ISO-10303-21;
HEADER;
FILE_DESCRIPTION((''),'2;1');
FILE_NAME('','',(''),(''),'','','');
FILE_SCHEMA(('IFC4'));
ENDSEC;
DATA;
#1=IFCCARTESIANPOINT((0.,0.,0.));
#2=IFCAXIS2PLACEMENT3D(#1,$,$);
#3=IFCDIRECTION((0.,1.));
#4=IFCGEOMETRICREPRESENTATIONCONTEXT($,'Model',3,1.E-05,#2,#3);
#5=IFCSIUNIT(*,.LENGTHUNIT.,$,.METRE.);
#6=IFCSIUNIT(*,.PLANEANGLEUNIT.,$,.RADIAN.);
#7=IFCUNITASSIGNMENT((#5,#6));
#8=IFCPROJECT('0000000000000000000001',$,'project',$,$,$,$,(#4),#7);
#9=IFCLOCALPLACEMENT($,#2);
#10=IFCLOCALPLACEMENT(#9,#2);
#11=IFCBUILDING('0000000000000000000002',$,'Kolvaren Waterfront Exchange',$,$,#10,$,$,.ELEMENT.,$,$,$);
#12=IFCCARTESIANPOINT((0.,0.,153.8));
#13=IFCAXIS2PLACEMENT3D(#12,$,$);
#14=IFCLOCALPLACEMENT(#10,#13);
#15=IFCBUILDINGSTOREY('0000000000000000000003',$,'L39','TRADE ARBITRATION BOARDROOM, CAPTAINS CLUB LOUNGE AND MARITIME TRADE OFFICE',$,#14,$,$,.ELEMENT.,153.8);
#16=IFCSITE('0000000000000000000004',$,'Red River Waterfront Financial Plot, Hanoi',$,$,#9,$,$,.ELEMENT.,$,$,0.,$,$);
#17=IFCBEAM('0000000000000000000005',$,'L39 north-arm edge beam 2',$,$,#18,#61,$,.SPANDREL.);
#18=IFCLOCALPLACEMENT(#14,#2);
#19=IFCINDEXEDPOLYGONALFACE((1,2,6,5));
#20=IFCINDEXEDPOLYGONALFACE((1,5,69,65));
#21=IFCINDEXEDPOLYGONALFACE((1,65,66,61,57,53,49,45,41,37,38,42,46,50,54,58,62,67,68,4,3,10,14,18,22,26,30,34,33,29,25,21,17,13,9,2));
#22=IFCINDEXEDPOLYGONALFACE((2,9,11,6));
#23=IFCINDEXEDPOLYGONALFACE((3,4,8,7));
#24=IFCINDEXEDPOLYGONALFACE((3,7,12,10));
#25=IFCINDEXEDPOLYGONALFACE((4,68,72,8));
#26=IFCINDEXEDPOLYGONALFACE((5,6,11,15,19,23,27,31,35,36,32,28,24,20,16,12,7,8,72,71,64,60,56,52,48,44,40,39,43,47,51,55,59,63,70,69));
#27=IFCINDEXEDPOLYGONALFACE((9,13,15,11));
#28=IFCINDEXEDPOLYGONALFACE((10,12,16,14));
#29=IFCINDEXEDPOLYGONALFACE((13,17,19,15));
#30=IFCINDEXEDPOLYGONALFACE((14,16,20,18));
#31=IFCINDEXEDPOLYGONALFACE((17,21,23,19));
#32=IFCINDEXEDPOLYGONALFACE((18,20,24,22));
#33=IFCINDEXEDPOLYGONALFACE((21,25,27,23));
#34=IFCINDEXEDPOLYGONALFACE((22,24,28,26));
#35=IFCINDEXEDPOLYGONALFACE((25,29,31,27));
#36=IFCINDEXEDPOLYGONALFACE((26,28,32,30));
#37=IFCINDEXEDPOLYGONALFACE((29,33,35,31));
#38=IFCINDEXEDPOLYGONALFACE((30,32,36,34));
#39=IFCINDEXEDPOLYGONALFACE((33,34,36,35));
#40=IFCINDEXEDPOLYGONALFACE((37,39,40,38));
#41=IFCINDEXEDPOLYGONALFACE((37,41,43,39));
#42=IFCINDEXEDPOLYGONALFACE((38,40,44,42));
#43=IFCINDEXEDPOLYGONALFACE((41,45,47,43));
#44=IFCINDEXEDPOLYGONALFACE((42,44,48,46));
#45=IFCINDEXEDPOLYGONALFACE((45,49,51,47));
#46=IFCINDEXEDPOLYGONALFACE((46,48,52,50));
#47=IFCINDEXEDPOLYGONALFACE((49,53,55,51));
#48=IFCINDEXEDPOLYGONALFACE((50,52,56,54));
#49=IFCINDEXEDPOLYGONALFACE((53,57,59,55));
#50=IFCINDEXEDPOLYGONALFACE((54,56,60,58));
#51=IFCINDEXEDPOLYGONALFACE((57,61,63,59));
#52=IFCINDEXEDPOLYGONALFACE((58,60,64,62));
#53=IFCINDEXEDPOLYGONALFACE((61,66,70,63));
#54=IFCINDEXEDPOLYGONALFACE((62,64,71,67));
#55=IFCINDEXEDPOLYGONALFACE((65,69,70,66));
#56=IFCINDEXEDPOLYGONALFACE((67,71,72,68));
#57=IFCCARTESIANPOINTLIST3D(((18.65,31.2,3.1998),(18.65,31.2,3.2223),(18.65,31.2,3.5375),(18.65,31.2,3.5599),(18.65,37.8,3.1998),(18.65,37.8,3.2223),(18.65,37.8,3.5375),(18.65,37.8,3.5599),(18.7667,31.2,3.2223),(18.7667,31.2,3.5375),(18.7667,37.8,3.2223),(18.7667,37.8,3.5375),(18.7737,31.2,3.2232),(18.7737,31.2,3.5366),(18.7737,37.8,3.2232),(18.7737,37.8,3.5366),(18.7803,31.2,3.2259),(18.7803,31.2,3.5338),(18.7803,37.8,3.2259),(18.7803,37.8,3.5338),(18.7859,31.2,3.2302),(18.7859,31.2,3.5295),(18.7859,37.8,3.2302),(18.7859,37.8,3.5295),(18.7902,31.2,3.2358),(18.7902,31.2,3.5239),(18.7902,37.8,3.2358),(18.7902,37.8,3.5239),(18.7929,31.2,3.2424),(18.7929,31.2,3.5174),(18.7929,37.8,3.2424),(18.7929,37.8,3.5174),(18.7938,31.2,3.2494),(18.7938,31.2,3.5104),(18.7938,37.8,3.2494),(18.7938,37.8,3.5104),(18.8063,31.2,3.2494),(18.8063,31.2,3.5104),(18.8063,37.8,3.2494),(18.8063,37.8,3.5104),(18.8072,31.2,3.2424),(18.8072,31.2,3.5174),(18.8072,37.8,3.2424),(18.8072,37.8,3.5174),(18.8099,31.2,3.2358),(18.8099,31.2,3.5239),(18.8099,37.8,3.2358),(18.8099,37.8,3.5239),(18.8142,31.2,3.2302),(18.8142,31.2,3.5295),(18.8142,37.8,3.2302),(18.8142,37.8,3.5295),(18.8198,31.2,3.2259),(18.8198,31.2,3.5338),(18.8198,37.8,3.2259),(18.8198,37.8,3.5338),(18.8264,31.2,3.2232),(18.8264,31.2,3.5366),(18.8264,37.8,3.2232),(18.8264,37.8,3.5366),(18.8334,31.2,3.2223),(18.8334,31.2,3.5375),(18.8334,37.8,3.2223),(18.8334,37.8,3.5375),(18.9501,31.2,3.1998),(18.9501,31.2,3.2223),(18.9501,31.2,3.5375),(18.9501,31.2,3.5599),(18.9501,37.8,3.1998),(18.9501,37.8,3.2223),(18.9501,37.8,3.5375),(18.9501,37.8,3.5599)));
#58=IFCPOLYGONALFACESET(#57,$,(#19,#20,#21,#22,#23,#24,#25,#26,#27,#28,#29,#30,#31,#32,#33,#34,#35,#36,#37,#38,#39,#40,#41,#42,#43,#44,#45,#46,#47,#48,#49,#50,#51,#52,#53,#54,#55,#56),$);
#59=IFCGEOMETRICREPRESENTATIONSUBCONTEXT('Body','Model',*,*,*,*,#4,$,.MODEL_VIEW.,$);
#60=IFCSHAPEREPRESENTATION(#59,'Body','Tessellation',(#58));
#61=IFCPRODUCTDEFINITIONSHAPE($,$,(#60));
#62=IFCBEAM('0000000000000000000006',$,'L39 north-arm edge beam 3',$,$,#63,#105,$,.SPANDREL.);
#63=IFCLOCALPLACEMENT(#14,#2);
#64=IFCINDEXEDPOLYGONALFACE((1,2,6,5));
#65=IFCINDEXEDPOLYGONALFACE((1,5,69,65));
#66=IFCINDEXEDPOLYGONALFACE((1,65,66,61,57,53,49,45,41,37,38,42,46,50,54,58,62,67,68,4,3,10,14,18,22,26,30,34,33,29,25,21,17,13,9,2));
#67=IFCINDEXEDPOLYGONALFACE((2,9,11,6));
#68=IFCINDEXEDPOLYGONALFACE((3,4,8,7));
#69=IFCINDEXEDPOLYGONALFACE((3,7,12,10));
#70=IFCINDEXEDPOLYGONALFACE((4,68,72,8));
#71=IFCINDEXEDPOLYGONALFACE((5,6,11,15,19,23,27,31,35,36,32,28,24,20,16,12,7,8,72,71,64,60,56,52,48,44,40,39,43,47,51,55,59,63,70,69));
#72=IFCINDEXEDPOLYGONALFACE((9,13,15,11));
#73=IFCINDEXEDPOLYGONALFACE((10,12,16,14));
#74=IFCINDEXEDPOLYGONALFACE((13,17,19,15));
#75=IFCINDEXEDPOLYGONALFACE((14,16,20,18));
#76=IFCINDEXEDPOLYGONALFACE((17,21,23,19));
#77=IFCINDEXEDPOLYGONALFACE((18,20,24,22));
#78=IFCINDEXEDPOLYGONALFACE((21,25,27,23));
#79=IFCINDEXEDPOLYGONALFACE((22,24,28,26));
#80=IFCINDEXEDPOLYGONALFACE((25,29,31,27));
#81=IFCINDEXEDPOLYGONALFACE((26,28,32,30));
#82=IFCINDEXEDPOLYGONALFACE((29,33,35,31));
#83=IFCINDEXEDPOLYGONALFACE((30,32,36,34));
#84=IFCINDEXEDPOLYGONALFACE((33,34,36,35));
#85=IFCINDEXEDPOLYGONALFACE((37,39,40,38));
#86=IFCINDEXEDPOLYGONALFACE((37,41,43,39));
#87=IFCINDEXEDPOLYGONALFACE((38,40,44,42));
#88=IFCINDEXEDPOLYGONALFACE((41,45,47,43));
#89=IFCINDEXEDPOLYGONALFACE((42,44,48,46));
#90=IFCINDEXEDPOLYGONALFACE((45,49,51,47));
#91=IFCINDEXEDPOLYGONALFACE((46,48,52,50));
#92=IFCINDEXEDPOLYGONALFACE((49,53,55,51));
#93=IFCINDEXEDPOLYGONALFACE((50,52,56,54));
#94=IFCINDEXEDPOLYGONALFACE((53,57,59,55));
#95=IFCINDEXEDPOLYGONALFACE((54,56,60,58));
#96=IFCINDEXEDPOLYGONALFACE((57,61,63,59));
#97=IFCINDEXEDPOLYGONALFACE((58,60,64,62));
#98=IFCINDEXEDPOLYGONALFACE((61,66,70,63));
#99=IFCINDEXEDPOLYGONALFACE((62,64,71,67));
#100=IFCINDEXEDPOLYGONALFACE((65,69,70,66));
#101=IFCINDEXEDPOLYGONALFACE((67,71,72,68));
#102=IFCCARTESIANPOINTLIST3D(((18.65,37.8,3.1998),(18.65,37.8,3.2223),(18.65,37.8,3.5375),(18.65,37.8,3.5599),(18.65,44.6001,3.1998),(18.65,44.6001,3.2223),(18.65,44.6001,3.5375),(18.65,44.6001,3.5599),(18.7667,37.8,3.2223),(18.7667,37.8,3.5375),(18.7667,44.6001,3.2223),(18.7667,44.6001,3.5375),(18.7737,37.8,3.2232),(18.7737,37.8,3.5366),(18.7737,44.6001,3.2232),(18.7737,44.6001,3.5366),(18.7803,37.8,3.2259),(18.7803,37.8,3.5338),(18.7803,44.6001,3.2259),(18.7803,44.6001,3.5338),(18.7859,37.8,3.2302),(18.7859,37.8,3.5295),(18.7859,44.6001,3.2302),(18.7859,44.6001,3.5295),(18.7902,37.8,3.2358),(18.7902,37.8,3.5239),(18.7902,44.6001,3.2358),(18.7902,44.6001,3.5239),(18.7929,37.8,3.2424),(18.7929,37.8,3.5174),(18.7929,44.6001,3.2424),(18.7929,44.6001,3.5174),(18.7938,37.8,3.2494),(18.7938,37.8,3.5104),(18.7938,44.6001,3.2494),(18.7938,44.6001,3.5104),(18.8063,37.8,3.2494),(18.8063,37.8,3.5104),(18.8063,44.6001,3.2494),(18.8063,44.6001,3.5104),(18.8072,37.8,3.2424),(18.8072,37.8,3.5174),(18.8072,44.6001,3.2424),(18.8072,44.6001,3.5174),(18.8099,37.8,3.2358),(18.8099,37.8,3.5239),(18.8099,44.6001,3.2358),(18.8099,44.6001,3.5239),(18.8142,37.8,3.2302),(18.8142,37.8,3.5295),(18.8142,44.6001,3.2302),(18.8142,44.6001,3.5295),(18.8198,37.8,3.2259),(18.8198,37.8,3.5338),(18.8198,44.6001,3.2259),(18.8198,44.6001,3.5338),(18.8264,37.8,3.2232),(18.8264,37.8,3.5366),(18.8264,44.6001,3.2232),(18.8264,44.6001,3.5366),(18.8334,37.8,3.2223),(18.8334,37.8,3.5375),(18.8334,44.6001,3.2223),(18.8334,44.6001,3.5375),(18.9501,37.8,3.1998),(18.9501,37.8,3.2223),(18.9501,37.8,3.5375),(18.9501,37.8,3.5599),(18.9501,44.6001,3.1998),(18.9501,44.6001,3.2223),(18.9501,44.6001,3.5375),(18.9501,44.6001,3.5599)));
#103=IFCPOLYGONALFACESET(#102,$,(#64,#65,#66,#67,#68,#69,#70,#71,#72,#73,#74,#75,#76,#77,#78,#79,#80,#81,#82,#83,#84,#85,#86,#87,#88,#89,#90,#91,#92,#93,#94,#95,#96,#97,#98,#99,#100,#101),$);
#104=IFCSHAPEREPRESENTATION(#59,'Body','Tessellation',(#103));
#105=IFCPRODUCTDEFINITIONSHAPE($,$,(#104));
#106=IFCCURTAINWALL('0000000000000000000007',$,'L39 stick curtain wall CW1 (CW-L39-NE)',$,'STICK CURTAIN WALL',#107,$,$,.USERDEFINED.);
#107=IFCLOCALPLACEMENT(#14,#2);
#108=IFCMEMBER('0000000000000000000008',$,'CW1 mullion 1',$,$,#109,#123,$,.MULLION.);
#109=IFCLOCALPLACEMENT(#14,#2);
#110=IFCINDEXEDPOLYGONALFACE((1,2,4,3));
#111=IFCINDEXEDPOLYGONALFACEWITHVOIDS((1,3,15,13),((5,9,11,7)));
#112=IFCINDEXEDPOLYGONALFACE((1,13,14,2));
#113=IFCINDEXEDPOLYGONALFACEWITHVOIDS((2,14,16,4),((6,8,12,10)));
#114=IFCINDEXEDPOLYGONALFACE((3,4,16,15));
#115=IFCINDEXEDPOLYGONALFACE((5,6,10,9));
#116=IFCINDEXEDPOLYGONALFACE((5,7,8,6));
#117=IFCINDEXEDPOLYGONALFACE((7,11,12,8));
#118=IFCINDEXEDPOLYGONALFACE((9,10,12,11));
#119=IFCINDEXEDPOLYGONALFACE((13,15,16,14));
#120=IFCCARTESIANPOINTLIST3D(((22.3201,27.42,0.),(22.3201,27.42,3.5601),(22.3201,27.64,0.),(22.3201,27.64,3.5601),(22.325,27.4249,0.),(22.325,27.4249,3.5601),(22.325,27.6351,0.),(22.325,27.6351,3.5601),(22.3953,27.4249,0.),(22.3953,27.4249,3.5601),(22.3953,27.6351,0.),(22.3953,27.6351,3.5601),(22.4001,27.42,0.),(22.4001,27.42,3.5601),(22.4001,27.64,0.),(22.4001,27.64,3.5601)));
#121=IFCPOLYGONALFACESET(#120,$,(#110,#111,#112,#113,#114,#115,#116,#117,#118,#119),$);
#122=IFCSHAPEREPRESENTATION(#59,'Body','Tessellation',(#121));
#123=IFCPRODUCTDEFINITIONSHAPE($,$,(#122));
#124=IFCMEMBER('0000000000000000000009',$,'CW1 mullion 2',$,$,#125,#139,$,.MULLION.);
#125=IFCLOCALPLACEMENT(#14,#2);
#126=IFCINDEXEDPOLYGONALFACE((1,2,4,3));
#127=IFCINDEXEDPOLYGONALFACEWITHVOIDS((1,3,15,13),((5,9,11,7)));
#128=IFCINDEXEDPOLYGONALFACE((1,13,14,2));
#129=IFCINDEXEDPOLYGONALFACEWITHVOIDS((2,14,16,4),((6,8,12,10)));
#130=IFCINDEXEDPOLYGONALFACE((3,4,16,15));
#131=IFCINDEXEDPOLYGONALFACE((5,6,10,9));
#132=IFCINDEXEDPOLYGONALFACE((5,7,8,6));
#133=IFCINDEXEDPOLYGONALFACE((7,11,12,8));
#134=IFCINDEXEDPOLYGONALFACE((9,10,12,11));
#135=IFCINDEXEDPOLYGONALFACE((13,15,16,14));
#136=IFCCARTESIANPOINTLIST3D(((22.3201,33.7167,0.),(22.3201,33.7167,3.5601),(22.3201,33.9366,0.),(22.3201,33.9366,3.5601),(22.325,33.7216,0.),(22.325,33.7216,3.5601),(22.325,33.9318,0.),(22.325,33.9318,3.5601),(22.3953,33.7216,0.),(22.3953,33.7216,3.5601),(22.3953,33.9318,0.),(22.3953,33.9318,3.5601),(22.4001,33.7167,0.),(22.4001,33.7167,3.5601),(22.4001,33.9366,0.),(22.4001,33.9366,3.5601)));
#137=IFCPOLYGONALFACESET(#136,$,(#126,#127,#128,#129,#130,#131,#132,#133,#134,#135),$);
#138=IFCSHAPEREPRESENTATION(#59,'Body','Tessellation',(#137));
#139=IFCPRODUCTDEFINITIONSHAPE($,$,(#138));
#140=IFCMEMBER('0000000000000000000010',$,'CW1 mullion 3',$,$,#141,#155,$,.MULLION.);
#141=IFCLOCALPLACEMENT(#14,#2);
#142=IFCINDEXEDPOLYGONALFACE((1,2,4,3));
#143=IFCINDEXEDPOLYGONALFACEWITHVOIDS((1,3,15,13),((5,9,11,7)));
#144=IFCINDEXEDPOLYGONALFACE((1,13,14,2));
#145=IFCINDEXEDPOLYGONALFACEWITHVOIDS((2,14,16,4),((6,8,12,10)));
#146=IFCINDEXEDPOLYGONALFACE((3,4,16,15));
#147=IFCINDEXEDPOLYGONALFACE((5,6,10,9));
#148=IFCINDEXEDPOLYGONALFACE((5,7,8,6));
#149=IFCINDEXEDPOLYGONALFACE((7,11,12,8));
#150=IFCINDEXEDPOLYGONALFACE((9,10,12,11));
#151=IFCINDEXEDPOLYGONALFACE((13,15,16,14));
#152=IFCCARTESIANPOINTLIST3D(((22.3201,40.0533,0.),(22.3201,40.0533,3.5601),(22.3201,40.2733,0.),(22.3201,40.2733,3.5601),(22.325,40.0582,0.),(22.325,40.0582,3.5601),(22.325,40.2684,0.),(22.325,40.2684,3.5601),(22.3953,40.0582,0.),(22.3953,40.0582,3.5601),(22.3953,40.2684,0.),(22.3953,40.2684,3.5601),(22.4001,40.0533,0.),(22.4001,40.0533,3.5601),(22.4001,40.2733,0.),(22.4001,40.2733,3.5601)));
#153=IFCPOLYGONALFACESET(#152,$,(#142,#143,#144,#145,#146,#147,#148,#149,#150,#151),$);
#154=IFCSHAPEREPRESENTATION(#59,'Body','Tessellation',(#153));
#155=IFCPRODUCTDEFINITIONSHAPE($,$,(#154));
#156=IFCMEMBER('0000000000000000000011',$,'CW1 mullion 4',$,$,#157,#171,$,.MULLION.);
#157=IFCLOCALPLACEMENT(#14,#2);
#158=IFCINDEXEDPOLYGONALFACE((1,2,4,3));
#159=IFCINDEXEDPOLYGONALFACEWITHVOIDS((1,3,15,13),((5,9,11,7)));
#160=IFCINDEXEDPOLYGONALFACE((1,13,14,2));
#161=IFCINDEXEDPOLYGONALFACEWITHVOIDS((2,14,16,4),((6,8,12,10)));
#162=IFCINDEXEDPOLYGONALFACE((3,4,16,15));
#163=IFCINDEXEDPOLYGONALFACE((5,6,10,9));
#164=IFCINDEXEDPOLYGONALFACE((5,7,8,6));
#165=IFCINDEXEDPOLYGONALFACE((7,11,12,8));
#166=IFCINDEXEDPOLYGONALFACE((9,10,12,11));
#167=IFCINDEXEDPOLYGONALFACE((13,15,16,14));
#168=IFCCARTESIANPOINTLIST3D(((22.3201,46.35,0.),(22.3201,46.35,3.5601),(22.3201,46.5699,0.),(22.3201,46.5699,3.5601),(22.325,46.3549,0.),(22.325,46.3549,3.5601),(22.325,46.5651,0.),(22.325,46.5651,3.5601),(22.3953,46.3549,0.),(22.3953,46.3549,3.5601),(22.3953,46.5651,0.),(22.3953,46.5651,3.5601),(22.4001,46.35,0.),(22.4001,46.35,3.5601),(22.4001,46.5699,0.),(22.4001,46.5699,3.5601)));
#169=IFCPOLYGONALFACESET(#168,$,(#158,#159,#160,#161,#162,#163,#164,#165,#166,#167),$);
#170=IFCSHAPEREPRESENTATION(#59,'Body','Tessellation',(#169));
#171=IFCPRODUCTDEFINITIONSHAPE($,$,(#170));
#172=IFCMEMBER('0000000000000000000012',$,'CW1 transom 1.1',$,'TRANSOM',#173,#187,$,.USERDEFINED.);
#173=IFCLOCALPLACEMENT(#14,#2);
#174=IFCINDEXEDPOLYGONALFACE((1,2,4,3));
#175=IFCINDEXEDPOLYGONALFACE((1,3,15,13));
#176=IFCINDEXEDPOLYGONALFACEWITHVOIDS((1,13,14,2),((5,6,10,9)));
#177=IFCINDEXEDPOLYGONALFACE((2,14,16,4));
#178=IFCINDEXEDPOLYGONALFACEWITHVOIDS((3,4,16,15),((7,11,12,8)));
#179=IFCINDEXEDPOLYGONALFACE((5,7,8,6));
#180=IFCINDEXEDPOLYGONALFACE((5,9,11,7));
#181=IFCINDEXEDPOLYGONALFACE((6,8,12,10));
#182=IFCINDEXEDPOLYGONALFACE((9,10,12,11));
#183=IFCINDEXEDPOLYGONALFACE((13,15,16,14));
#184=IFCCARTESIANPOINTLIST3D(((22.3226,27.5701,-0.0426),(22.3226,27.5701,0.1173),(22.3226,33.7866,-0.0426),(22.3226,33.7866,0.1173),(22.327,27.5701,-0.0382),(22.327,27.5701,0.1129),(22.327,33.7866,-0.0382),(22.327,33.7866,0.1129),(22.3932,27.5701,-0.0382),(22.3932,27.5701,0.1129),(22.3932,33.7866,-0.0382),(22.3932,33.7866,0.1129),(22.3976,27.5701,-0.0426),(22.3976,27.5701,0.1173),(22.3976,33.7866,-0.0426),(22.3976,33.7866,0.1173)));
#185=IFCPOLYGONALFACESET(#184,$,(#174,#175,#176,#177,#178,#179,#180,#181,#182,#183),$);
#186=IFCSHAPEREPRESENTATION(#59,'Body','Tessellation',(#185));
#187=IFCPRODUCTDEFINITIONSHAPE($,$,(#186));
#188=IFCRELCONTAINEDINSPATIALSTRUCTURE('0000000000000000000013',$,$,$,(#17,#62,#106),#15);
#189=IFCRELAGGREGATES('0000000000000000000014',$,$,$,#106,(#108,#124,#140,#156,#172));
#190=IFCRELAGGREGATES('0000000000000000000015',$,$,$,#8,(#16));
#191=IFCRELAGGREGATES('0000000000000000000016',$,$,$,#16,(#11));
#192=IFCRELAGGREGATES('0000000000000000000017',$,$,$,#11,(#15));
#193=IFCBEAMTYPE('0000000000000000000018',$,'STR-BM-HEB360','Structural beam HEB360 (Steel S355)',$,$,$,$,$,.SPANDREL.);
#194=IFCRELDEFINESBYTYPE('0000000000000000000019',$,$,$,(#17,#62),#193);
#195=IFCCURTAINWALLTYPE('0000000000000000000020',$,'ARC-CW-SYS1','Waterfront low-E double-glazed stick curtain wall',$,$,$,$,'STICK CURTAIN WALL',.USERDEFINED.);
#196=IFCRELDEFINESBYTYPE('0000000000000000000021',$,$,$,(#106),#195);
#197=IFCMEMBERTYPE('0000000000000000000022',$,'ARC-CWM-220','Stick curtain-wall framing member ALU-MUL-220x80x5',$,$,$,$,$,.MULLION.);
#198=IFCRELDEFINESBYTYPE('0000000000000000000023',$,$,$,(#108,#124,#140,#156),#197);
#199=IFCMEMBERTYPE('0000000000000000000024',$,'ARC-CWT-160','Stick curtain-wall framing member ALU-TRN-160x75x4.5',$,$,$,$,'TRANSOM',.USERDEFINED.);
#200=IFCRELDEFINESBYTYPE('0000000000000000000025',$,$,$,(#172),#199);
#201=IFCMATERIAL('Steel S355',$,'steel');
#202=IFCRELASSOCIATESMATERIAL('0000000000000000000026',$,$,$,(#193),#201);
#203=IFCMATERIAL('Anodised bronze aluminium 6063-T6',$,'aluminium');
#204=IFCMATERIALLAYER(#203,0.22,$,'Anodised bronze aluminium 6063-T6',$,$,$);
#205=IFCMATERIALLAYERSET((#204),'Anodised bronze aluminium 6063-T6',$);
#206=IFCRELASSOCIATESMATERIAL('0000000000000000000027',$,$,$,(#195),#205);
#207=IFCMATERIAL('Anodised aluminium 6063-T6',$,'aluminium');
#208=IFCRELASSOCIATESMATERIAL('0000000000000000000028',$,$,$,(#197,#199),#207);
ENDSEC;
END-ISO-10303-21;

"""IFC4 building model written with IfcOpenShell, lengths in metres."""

from ifc_helpers import new_model, si_unit, direction, frame, origin, origin_with_axes, origin_2d, place, context, subcontext, project, spatial, hollow_rectangle, i_section, extrude, source, transform, mapped, material, layer, layer_set, material_profile, profile_set, type_object, element, aggregate, save


model = new_model("IFC4")

# Units and contexts
model_context = context("Model", 3, precision=1e-05, world=origin(), true_north=direction((0.0, 1.0)))
body_context = subcontext(model_context, "Body", "Model", "MODEL_VIEW")
ifc_project = project(units=[si_unit("LENGTHUNIT", "METRE"), si_unit("PLANEANGLEUNIT", "RADIAN")], contexts=[model_context])

# Site, building, storey
site_placement = place(None, origin())
site = spatial("IfcSite", under=ifc_project, at=site_placement, Name="Red River Waterfront Financial Plot, Hanoi", CompositionType="ELEMENT", RefElevation=0.0)
building_placement = place(site_placement, origin())
building = spatial("IfcBuilding", under=site, at=building_placement, Name="Kolvaren Waterfront Exchange", CompositionType="ELEMENT")
storey_placement = place(building_placement, frame((0.0, 0.0, 153.8)))
storey = spatial("IfcBuildingStorey", under=building, at=storey_placement, Name="L39", Description="TRADE ARBITRATION BOARDROOM, CAPTAINS CLUB LOUNGE AND MARITIME TRADE OFFICE", CompositionType="ELEMENT", Elevation=153.8)

# Beams
ifc_material_1 = material(Name="Steel S355", Category="steel")
ifc_material_profile_1 = material_profile(ifc_material_1, i_section(OverallWidth=0.3, OverallDepth=0.3601, WebThickness=0.0125, FlangeThickness=0.0225, FilletRadius=0.0271, at=origin_2d()), Name="HEB360")
ifc_profile_set_1 = profile_set([ifc_material_profile_1], Name="Steel S355")
beam_type = type_object("IfcBeamType", Name="STR-BM-HEB360", Description="Structural beam HEB360 (Steel S355)", PredefinedType="SPANDREL", material=ifc_profile_set_1)
beam_1_placement = place(storey_placement, frame((18.8, 31.2, 3.3799), z_axis=(0.0, 1.0, 0.0), x_axis=(-1.0, 0.0, 0.0)))
element("IfcBeam", 1, at=beam_1_placement, inside=storey, type_object=beam_type, Name="L39 north-arm edge beam 2", PredefinedType="SPANDREL", context=body_context, shape_type="SweptSolid", body=[
    extrude(i_section(OverallWidth=0.3, OverallDepth=0.3601, WebThickness=0.0125, FlangeThickness=0.0225, FilletRadius=0.0271, at=origin_2d()), origin(), (0.0, 0.0, 1.0), 6.6001),
])
beam_2_placement = place(storey_placement, frame((18.8, 37.8, 3.3799), z_axis=(0.0, 1.0, 0.0), x_axis=(-1.0, 0.0, 0.0)))
element("IfcBeam", 2, at=beam_2_placement, inside=storey, type_object=beam_type, Name="L39 north-arm edge beam 3", PredefinedType="SPANDREL", context=body_context, shape_type="SweptSolid", body=[
    extrude(i_section(OverallWidth=0.3, OverallDepth=0.3601, WebThickness=0.0125, FlangeThickness=0.0225, FilletRadius=0.0271, at=origin_2d()), origin(), (0.0, 0.0, 1.0), 6.8),
])

# Curtain wall, members
ifc_material_2 = material(Name="Anodised bronze aluminium 6063-T6", Category="aluminium")
ifc_layer_1 = layer(ifc_material_2, 0.22, Name="Anodised bronze aluminium 6063-T6")
ifc_layer_set_1 = layer_set([ifc_layer_1], Name="Anodised bronze aluminium 6063-T6")
curtain_wall_type = type_object("IfcCurtainWallType", Name="ARC-CW-SYS1", Description="Waterfront low-E double-glazed stick curtain wall", ElementType="STICK CURTAIN WALL", PredefinedType="USERDEFINED", material=ifc_layer_set_1)
curtain_wall_placement = place(storey_placement, origin())
curtain_wall = element("IfcCurtainWall", 3, at=curtain_wall_placement, inside=storey, type_object=curtain_wall_type, Name="L39 stick curtain wall CW1 (CW-L39-NE)", ObjectType="STICK CURTAIN WALL", PredefinedType="USERDEFINED")
ifc_material_3 = material(Name="Anodised aluminium 6063-T6", Category="aluminium")
ifc_material_profile_2 = material_profile(ifc_material_3, hollow_rectangle(XDim=0.0801, YDim=0.22, WallThickness=0.0049, at=origin_2d()), Name="ALU-MUL-220x80x5")
ifc_profile_set_2 = profile_set([ifc_material_profile_2], Name="Anodised aluminium 6063-T6")
member_type_1 = type_object("IfcMemberType", Name="ARC-CWM-220", Description="Stick curtain-wall framing member ALU-MUL-220x80x5", PredefinedType="MULLION", material=ifc_profile_set_2)
shared_shape_1 = source(origin_with_axes(), body_context, "Body", "SweptSolid", [
    extrude(hollow_rectangle(XDim=0.0801, YDim=0.22, WallThickness=0.0049, at=origin_2d()), origin(), (0.0, 0.0, 1.0), 3.5601),
])
member_1_placement = place(storey_placement, frame((22.3601, 27.53, 0.0), z_axis=(0.0, 0.0, 1.0), x_axis=(-1.0, 0.0, 0.0)))
member_1 = element("IfcMember", 4, at=member_1_placement, type_object=member_type_1, Name="CW1 mullion 1", PredefinedType="MULLION", context=body_context, shape_type="MappedRepresentation", body=[
    mapped(shared_shape_1, transform((0.0, 0.0, 0.0), x_axis=(1.0, 0.0, 0.0), y_axis=(0.0, 1.0, 0.0), z_axis=(0.0, 0.0, 1.0), scale=1.0)),
])
member_2_placement = place(storey_placement, frame((22.3601, 33.8267, 0.0), z_axis=(0.0, 0.0, 1.0), x_axis=(-1.0, 0.0, 0.0)))
member_2 = element("IfcMember", 5, at=member_2_placement, type_object=member_type_1, Name="CW1 mullion 2", PredefinedType="MULLION", context=body_context, shape_type="MappedRepresentation", body=[
    mapped(shared_shape_1, transform((0.0, 0.0, 0.0), x_axis=(1.0, 0.0, 0.0), y_axis=(0.0, 1.0, 0.0), z_axis=(0.0, 0.0, 1.0), scale=1.0)),
])
member_3_placement = place(storey_placement, frame((22.3601, 40.1633, 0.0), z_axis=(0.0, 0.0, 1.0), x_axis=(-1.0, 0.0, 0.0)))
member_3 = element("IfcMember", 6, at=member_3_placement, type_object=member_type_1, Name="CW1 mullion 3", PredefinedType="MULLION", context=body_context, shape_type="MappedRepresentation", body=[
    mapped(shared_shape_1, transform((0.0, 0.0, 0.0), x_axis=(1.0, 0.0, 0.0), y_axis=(0.0, 1.0, 0.0), z_axis=(0.0, 0.0, 1.0), scale=1.0)),
])
member_4_placement = place(storey_placement, frame((22.3601, 46.46, 0.0), z_axis=(0.0, 0.0, 1.0), x_axis=(-1.0, 0.0, 0.0)))
member_4 = element("IfcMember", 7, at=member_4_placement, type_object=member_type_1, Name="CW1 mullion 4", PredefinedType="MULLION", context=body_context, shape_type="MappedRepresentation", body=[
    mapped(shared_shape_1, transform((0.0, 0.0, 0.0), x_axis=(1.0, 0.0, 0.0), y_axis=(0.0, 1.0, 0.0), z_axis=(0.0, 0.0, 1.0), scale=1.0)),
])
ifc_material_profile_3 = material_profile(ifc_material_3, hollow_rectangle(XDim=0.075, YDim=0.1599, WallThickness=0.0044, at=origin_2d()), Name="ALU-TRN-160x75x4.5")
ifc_profile_set_3 = profile_set([ifc_material_profile_3], Name="Anodised aluminium 6063-T6")
member_type_2 = type_object("IfcMemberType", Name="ARC-CWT-160", Description="Stick curtain-wall framing member ALU-TRN-160x75x4.5", ElementType="TRANSOM", PredefinedType="USERDEFINED", material=ifc_profile_set_3)
shared_shape_2 = source(origin_with_axes(), body_context, "Body", "SweptSolid", [
    extrude(hollow_rectangle(XDim=0.075, YDim=0.1599, WallThickness=0.0044, at=origin_2d()), origin(), (0.0, 0.0, 1.0), 6.2166),
])
member_5_placement = place(storey_placement, frame((22.3601, 27.5701, 0.0374), z_axis=(0.0, 1.0, 0.0), x_axis=(-1.0, 0.0, 0.0)))
member_5 = element("IfcMember", 8, at=member_5_placement, type_object=member_type_2, Name="CW1 transom 1.1", ObjectType="TRANSOM", PredefinedType="USERDEFINED", context=body_context, shape_type="MappedRepresentation", body=[
    mapped(shared_shape_2, transform((0.0, 0.0, 0.0), x_axis=(1.0, 0.0, 0.0), y_axis=(0.0, 1.0, 0.0), z_axis=(0.0, 0.0, 1.0), scale=1.0)),
])
aggregate(curtain_wall, [member_1, member_2, member_3, member_4, member_5])

save(model, "model.ifc")
